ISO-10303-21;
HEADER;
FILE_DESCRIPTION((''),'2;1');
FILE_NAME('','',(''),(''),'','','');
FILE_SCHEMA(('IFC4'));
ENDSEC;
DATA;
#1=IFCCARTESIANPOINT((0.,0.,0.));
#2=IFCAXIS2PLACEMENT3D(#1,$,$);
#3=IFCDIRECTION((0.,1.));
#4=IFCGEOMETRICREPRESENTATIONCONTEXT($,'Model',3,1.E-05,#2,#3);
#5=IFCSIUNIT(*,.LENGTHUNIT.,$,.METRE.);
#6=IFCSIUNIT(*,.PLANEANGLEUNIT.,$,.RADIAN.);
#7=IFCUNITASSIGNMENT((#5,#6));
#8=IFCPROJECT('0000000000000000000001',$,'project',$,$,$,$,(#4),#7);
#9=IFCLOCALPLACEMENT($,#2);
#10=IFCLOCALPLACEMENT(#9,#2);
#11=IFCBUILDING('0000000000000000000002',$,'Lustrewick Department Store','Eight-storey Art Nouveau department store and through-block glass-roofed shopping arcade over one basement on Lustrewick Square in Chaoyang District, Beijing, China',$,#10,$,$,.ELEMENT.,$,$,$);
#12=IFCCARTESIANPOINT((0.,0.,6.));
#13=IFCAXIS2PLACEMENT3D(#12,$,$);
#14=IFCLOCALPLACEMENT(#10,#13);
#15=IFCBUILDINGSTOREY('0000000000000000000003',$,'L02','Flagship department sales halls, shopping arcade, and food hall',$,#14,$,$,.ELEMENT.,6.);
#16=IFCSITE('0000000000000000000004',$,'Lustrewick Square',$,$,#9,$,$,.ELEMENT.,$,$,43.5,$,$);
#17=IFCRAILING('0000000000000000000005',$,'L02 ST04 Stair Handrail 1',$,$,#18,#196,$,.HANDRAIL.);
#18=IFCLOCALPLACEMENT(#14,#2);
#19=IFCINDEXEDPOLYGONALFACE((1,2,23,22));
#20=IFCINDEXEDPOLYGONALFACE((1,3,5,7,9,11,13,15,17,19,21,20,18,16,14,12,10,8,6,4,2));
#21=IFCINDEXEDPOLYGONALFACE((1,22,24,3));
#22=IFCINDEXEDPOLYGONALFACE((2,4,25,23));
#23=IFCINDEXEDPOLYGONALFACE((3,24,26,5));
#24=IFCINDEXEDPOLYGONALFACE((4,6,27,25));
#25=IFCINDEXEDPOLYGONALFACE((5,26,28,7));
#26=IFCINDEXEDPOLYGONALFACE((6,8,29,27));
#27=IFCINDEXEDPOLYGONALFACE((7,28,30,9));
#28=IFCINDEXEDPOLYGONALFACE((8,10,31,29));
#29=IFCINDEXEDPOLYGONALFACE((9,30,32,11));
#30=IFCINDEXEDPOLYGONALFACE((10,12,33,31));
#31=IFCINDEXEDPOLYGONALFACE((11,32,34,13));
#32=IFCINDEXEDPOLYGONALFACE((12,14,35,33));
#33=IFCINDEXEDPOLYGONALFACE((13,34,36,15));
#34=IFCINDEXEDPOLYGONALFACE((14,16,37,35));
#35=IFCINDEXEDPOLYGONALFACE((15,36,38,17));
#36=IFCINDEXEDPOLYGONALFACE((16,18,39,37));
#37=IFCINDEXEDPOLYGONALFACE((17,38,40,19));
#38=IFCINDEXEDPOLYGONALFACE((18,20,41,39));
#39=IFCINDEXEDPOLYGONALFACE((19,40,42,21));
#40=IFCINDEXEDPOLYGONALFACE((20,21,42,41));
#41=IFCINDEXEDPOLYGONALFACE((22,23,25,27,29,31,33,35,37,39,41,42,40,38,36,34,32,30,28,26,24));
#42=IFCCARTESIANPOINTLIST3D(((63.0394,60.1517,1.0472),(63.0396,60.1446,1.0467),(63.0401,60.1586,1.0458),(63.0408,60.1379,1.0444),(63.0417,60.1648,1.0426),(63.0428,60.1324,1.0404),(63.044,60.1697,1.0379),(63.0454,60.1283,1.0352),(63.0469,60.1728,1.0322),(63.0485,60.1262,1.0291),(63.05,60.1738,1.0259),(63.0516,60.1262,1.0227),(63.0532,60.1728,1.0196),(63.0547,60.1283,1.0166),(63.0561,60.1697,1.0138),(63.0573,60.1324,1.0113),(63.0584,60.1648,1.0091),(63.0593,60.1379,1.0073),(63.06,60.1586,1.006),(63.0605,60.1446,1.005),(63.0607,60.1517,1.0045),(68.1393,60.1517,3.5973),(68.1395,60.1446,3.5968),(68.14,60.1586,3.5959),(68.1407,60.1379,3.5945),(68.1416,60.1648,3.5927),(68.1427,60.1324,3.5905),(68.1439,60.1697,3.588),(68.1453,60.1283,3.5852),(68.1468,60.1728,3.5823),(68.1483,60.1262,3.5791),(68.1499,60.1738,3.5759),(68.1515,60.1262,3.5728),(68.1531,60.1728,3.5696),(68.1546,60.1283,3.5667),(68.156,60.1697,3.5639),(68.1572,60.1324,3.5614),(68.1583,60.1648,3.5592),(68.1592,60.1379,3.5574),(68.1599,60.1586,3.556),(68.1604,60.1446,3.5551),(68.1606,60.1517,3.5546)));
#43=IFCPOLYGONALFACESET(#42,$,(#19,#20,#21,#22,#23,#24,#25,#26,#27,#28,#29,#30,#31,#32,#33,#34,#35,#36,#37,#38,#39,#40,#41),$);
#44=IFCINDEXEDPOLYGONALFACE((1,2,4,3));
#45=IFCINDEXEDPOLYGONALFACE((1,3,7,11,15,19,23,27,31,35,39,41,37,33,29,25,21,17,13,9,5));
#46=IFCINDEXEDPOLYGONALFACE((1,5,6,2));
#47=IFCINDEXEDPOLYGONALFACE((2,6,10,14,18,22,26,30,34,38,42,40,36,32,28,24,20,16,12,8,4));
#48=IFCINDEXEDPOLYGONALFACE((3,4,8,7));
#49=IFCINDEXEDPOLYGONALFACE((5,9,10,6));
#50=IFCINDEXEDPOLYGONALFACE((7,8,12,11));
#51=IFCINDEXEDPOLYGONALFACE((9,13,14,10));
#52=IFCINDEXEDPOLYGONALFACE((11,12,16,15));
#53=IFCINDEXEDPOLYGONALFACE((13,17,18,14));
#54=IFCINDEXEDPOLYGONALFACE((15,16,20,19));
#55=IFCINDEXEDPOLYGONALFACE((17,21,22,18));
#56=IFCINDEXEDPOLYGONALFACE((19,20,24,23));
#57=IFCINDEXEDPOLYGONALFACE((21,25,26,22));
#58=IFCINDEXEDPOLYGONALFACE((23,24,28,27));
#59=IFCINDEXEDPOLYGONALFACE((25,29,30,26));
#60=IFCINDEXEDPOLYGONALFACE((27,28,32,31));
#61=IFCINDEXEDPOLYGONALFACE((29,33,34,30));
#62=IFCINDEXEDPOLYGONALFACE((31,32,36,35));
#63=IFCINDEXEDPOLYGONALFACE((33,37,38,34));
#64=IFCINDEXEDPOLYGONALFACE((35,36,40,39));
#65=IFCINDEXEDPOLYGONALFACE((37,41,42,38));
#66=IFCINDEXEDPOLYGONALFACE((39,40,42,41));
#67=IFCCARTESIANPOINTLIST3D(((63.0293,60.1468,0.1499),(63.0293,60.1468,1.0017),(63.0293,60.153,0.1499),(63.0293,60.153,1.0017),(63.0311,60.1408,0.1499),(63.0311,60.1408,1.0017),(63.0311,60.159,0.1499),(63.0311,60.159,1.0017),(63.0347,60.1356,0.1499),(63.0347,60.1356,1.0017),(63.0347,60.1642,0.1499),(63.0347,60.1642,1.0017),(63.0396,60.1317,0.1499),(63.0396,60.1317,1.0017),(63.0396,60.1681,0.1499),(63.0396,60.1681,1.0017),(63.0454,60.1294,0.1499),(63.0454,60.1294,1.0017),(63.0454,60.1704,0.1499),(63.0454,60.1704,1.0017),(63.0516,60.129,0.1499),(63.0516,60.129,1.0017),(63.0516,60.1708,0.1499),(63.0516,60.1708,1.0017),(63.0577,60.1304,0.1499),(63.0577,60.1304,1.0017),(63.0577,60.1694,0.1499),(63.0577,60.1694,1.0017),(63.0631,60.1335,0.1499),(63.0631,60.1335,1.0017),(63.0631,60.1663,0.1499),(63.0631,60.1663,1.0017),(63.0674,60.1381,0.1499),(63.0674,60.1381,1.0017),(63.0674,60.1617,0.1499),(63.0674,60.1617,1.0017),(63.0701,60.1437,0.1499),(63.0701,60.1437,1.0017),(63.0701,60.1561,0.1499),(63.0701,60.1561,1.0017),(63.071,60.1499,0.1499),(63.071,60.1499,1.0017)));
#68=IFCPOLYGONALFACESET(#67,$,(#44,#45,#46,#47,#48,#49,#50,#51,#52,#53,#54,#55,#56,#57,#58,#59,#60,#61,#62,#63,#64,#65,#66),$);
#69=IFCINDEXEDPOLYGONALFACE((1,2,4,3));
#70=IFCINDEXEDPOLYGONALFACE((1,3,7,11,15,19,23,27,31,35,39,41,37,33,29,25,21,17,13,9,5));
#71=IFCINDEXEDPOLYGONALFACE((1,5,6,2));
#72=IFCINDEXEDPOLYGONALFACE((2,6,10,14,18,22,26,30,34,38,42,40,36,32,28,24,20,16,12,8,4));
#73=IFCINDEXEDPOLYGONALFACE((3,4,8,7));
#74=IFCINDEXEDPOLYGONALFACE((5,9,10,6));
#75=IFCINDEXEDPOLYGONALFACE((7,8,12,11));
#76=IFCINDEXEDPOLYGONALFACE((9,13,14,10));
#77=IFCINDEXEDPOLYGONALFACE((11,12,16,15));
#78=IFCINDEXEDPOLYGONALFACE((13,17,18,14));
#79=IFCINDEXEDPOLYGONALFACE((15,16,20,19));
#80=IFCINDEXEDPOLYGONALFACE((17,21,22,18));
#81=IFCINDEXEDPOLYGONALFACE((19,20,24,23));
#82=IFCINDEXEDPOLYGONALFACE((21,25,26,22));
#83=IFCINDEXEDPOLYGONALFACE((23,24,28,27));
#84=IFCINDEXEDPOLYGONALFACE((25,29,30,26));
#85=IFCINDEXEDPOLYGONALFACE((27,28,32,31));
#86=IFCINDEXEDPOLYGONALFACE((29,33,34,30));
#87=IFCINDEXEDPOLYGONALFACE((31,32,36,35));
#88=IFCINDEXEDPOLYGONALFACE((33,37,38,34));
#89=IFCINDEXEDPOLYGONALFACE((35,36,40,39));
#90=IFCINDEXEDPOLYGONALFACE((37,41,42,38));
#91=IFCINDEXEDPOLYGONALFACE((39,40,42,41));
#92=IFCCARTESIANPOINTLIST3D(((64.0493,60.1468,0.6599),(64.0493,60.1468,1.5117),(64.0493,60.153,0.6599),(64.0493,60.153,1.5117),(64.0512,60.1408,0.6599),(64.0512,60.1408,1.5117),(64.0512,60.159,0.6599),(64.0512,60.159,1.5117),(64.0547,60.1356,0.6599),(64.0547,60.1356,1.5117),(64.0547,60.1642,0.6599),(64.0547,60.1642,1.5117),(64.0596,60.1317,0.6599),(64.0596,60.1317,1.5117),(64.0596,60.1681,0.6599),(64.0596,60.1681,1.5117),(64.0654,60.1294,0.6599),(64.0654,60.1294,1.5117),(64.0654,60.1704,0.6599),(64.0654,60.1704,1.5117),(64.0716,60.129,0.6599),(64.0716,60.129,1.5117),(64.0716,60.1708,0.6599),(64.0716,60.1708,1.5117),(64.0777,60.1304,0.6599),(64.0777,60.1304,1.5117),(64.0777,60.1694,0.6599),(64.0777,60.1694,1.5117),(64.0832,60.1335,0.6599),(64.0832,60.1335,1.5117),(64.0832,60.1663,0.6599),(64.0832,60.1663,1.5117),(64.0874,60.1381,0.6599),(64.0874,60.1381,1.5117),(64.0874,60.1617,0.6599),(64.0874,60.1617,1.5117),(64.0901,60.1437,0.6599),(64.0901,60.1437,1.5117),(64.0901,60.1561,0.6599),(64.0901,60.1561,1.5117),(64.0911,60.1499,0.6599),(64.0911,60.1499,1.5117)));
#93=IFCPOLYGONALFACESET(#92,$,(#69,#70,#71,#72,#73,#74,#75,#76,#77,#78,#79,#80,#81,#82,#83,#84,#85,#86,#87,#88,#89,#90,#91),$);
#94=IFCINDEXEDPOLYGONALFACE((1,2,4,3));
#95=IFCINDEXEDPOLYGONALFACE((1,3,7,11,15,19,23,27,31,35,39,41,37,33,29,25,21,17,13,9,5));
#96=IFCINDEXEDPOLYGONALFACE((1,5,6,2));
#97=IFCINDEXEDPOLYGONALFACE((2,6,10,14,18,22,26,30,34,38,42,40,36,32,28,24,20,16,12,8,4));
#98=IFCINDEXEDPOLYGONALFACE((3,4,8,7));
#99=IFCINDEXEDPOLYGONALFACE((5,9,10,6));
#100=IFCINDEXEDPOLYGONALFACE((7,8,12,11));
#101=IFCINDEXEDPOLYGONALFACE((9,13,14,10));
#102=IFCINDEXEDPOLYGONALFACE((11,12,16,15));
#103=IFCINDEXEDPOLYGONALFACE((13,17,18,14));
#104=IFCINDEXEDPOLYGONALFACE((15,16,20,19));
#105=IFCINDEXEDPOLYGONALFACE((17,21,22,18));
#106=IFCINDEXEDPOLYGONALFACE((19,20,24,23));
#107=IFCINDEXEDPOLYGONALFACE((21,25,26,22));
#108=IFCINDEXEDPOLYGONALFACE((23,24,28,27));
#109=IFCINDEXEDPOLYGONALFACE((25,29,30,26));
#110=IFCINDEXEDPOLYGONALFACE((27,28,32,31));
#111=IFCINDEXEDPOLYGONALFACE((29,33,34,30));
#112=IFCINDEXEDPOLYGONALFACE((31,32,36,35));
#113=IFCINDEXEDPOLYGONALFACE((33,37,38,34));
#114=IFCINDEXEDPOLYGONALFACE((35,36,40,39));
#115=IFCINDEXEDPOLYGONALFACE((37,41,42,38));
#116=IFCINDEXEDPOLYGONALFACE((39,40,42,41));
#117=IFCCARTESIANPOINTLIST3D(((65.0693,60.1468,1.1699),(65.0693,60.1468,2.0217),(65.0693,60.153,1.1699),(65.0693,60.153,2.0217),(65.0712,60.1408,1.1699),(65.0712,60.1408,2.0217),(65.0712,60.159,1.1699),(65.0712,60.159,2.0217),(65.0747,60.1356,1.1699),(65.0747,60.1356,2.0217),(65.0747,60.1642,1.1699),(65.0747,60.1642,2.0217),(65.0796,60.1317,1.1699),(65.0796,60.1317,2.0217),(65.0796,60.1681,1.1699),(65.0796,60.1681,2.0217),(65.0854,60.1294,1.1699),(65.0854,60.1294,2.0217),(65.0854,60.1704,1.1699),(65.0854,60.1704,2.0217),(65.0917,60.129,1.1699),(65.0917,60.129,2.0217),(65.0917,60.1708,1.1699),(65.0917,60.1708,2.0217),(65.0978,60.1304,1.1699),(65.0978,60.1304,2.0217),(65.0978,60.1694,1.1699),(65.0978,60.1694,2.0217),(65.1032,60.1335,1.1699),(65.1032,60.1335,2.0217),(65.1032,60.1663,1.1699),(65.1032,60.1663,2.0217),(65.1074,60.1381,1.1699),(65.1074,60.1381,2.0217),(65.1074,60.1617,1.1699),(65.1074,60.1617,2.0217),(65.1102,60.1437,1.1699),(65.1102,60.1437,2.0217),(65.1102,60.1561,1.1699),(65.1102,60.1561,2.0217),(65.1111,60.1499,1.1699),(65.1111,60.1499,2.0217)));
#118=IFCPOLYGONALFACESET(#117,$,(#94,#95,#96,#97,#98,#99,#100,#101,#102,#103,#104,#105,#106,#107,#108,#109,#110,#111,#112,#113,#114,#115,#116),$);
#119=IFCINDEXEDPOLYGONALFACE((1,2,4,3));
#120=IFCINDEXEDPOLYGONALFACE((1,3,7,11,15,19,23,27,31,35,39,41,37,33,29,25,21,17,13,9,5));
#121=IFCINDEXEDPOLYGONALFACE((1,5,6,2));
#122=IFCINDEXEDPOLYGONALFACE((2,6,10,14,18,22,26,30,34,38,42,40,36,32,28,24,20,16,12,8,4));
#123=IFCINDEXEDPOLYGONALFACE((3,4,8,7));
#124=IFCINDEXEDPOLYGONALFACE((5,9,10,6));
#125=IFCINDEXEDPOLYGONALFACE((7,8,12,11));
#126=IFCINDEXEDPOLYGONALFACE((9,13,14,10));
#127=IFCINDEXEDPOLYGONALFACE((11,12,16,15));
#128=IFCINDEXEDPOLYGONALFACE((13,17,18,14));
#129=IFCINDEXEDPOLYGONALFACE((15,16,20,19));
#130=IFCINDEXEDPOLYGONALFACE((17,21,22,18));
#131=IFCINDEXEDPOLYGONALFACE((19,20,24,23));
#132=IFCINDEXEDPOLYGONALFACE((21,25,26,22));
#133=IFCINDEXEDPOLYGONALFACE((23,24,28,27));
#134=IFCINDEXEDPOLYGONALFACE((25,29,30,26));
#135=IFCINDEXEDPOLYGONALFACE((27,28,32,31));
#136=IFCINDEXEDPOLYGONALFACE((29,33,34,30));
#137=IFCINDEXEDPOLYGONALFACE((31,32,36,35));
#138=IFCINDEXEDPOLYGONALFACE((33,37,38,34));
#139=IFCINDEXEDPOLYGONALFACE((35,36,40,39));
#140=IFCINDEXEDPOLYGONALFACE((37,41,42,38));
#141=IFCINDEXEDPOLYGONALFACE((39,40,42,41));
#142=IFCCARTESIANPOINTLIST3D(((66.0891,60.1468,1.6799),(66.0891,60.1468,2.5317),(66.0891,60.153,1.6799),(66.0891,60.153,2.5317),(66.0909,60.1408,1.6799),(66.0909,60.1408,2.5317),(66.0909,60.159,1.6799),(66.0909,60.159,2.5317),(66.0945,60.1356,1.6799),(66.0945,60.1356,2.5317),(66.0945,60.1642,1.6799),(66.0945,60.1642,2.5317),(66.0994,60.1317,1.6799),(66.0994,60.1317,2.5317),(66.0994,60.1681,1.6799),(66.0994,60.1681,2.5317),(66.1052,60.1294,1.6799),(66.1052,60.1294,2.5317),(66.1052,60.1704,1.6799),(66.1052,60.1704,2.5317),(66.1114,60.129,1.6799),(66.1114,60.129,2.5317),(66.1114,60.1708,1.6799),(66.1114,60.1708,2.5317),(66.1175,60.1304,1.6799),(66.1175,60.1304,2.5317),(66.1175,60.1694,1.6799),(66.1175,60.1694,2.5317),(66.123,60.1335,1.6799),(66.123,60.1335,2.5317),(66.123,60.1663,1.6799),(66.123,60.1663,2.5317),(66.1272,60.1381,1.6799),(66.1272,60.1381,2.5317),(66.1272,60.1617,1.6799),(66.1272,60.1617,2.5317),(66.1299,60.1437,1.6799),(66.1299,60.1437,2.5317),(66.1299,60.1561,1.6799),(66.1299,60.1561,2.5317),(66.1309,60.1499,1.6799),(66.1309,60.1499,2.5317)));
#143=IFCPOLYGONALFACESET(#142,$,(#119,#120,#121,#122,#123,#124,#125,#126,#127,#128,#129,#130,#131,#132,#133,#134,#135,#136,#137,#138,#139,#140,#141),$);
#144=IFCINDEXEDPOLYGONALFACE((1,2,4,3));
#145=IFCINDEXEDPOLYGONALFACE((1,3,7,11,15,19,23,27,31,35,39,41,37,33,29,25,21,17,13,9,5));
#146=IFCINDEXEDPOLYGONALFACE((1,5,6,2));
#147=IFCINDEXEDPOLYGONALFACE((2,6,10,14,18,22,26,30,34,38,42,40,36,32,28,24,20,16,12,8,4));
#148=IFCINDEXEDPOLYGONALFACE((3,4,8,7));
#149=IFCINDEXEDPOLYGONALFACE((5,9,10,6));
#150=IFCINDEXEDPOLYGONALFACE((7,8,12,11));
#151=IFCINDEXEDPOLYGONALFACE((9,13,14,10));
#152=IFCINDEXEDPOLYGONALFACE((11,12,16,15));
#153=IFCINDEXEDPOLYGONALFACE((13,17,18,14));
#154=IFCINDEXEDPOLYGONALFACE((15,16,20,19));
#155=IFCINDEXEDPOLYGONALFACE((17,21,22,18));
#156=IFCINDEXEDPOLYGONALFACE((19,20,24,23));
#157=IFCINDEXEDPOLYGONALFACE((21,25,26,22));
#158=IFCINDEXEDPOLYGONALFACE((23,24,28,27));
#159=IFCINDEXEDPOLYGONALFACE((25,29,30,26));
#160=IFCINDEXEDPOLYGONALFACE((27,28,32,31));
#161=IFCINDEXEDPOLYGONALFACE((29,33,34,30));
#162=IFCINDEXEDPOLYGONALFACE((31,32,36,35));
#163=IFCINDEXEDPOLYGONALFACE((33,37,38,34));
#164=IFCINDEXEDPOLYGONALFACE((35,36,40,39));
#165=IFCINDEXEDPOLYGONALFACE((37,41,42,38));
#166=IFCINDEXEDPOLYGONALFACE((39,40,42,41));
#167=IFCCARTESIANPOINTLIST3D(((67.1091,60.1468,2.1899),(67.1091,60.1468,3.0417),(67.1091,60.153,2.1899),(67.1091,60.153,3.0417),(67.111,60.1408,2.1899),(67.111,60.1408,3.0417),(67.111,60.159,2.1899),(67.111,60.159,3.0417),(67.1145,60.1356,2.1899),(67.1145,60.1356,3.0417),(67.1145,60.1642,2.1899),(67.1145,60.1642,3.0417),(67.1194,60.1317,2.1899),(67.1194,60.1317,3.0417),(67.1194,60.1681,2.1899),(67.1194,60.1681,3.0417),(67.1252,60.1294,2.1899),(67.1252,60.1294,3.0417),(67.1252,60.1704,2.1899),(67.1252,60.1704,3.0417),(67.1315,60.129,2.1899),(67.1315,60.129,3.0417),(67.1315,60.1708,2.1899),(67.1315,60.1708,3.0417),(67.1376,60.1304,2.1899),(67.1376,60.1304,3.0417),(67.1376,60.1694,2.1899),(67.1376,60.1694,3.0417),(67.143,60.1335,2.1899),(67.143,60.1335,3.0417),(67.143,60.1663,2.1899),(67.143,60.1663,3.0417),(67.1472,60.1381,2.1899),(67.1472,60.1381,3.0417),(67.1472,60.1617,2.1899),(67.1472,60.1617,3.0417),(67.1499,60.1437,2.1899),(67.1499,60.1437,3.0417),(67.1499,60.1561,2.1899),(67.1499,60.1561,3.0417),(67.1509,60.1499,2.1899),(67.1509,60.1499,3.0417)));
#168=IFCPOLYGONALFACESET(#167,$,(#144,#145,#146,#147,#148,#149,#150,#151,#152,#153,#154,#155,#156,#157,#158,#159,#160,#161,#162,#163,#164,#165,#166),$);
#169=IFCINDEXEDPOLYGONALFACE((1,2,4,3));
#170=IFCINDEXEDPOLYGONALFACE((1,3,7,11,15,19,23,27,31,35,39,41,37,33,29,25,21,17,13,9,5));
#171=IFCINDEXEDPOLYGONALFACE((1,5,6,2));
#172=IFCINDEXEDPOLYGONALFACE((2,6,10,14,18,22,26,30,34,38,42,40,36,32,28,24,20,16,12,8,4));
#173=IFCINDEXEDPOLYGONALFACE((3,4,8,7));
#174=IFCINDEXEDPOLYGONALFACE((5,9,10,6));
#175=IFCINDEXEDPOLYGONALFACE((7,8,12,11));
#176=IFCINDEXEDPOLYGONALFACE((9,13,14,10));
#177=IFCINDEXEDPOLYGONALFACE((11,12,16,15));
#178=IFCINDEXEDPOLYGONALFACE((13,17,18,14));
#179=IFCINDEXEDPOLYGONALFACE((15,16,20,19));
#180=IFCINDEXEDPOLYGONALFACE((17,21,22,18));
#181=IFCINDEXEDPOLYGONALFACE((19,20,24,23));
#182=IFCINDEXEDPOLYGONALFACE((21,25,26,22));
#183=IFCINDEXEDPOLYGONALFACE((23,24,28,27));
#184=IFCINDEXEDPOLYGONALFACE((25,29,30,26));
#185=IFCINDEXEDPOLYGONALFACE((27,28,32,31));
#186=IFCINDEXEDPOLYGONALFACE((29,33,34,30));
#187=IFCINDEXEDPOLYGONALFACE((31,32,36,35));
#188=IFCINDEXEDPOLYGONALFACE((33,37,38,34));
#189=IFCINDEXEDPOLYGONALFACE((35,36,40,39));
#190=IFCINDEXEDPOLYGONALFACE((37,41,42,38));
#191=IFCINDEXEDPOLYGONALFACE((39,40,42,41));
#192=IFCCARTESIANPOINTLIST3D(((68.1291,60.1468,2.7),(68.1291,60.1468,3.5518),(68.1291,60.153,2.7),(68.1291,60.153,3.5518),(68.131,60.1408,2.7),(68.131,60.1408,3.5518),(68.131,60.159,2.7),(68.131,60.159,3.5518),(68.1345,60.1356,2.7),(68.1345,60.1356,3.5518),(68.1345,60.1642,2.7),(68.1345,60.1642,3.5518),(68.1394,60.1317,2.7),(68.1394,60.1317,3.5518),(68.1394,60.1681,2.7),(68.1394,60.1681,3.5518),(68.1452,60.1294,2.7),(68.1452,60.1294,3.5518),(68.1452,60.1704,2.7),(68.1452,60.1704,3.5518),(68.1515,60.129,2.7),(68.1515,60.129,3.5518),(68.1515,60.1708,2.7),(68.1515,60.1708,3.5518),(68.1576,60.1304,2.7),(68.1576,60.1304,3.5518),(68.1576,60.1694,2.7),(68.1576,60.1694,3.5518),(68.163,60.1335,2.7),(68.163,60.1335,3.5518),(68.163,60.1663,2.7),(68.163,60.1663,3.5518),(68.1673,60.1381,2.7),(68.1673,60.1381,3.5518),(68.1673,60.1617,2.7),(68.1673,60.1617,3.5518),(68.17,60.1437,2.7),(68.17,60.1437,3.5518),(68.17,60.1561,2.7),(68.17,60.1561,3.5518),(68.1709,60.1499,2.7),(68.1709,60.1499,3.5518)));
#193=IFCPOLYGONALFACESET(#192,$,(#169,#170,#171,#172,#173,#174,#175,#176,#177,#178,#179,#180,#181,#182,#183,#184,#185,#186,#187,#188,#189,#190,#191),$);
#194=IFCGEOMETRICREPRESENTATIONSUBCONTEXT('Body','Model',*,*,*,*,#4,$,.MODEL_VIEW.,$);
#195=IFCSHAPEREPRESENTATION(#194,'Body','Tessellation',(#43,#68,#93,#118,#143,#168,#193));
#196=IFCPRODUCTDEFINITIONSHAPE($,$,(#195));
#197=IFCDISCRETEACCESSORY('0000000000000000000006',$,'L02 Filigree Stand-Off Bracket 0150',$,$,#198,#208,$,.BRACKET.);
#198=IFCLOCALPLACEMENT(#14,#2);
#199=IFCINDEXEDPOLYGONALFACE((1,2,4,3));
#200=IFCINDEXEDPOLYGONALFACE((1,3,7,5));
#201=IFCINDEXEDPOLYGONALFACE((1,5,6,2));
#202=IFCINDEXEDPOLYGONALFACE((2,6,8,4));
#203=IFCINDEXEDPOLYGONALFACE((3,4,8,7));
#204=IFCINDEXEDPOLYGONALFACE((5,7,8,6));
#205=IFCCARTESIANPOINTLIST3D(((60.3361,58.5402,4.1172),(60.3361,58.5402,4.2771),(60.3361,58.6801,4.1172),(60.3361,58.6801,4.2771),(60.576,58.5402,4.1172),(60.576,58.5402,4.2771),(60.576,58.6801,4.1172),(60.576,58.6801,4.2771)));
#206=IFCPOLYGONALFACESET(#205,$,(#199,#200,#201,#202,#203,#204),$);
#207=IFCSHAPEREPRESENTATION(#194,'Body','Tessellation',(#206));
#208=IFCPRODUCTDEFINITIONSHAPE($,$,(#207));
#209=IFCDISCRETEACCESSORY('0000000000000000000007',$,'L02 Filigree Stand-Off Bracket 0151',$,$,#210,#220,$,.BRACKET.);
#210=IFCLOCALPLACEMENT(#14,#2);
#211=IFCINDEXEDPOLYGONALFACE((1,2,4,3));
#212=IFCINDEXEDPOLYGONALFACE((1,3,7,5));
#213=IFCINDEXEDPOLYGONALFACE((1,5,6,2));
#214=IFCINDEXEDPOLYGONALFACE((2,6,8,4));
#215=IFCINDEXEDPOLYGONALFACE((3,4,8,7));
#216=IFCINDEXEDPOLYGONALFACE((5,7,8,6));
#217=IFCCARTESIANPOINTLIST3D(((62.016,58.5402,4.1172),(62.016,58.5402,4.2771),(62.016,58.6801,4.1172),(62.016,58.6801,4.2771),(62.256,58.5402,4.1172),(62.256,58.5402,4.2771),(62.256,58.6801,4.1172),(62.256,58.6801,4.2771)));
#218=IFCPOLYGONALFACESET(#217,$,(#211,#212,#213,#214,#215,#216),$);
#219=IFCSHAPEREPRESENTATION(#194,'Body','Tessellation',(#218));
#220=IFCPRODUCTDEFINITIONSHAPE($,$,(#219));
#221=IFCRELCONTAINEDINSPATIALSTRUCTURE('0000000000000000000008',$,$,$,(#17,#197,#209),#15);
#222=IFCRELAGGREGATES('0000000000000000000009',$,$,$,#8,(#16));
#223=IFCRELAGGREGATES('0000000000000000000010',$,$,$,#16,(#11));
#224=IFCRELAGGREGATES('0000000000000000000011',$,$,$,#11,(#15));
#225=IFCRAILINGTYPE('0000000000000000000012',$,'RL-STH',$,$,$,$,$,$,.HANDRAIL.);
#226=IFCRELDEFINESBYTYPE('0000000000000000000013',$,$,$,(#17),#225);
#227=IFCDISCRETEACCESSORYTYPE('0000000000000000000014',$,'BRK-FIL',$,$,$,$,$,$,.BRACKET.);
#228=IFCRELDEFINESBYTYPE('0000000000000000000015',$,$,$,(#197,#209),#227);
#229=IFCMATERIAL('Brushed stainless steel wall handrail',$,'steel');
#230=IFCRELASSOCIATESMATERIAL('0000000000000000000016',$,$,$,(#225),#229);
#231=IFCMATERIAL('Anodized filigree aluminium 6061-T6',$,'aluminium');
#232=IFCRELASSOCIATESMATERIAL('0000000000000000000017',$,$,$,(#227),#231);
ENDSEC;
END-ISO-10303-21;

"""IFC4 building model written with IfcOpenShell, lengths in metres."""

from ifc_helpers import new_model, si_unit, direction, frame, origin, origin_2d, place, context, subcontext, project, spatial, rectangle, circle, extrude, material, type_object, element, save


model = new_model("IFC4")

# Units and contexts
model_context = context("Model", 3, precision=1e-05, world=origin(), true_north=direction((0.0, 1.0)))
body_context = subcontext(model_context, "Body", "Model", "MODEL_VIEW")
ifc_project = project(units=[si_unit("LENGTHUNIT", "METRE"), si_unit("PLANEANGLEUNIT", "RADIAN")], contexts=[model_context])

# Site, building, storey
site_placement = place(None, origin())
site = spatial("IfcSite", under=ifc_project, at=site_placement, Name="Lustrewick Square", CompositionType="ELEMENT", RefElevation=43.5)
building_placement = place(site_placement, origin())
building = spatial("IfcBuilding", under=site, at=building_placement, Name="Lustrewick Department Store", Description="Eight-storey Art Nouveau department store and through-block glass-roofed shopping arcade over one basement on Lustrewick Square in Chaoyang District, Beijing, China", CompositionType="ELEMENT")
storey_placement = place(building_placement, frame((0.0, 0.0, 6.0)))
storey = spatial("IfcBuildingStorey", under=building, at=storey_placement, Name="L02", Description="Flagship department sales halls, shopping arcade, and food hall", CompositionType="ELEMENT", Elevation=6.0)

# Railing
ifc_material_1 = material(Name="Brushed stainless steel wall handrail", Category="steel")
railing_type_1 = type_object("IfcRailingType", Name="RL-STH", PredefinedType="HANDRAIL", material=ifc_material_1)
railing_1_placement = place(storey_placement, frame((63.05, 60.1499, 0.1499)))
element("IfcRailing", 1, at=railing_1_placement, inside=storey, type_object=railing_type_1, Name="L02 ST04 Stair Handrail 1", PredefinedType="HANDRAIL", context=body_context, shape_type="SweptSolid", body=[
    extrude(circle(Radius=0.0239, at=origin_2d()), frame((0.0, 0.0, 0.876), z_axis=(0.894419, 0.0, 0.447231), x_axis=(0.0, 1.0, 0.0)), (0.0, 0.0, 1.0), 5.7019),
    extrude(circle(Radius=0.021, at=origin_2d()), origin(), (0.0, 0.0, 1.0), 0.8518),
    extrude(circle(Radius=0.021, at=origin_2d()), frame((1.02, 0.0, 0.51)), (0.0, 0.0, 1.0), 0.8518),
    extrude(circle(Radius=0.021, at=origin_2d()), frame((2.04, 0.0, 1.02)), (0.0, 0.0, 1.0), 0.8518),
    extrude(circle(Radius=0.021, at=origin_2d()), frame((3.0598, 0.0, 1.53)), (0.0, 0.0, 1.0), 0.8518),
    extrude(circle(Radius=0.021, at=origin_2d()), frame((4.0798, 0.0, 2.04)), (0.0, 0.0, 1.0), 0.8518),
    extrude(circle(Radius=0.021, at=origin_2d()), frame((5.0999, 0.0, 2.55)), (0.0, 0.0, 1.0), 0.8518),
])

# Discrete accessories
ifc_material_2 = material(Name="Anodized filigree aluminium 6061-T6", Category="aluminium")
discrete_accessory_type = type_object("IfcDiscreteAccessoryType", Name="BRK-FIL", PredefinedType="BRACKET", material=ifc_material_2)
for number, where, z_axis, x_axis, name in (
    (2, (60.4561, 58.6101, 4.1172), (0.0, 0.0, 1.0), (1.0, 0.0, 0.0), "L02 Filigree Stand-Off Bracket 0150"),
    (3, (62.136, 58.6101, 4.1172), (0.0, 0.0, 1.0), (1.0, 0.0, 0.0), "L02 Filigree Stand-Off Bracket 0151"),
):
    element("IfcDiscreteAccessory", number, at=place(storey_placement, frame(where, z_axis=z_axis, x_axis=x_axis)), inside=storey, type_object=discrete_accessory_type, Name=name, PredefinedType="BRACKET", context=body_context, shape_type="SweptSolid", body=[
        extrude(rectangle(XDim=0.24, YDim=0.1399, at=origin_2d()), origin(), (0.0, 0.0, 1.0), 0.1599),
    ])

save(model, "model.ifc")
